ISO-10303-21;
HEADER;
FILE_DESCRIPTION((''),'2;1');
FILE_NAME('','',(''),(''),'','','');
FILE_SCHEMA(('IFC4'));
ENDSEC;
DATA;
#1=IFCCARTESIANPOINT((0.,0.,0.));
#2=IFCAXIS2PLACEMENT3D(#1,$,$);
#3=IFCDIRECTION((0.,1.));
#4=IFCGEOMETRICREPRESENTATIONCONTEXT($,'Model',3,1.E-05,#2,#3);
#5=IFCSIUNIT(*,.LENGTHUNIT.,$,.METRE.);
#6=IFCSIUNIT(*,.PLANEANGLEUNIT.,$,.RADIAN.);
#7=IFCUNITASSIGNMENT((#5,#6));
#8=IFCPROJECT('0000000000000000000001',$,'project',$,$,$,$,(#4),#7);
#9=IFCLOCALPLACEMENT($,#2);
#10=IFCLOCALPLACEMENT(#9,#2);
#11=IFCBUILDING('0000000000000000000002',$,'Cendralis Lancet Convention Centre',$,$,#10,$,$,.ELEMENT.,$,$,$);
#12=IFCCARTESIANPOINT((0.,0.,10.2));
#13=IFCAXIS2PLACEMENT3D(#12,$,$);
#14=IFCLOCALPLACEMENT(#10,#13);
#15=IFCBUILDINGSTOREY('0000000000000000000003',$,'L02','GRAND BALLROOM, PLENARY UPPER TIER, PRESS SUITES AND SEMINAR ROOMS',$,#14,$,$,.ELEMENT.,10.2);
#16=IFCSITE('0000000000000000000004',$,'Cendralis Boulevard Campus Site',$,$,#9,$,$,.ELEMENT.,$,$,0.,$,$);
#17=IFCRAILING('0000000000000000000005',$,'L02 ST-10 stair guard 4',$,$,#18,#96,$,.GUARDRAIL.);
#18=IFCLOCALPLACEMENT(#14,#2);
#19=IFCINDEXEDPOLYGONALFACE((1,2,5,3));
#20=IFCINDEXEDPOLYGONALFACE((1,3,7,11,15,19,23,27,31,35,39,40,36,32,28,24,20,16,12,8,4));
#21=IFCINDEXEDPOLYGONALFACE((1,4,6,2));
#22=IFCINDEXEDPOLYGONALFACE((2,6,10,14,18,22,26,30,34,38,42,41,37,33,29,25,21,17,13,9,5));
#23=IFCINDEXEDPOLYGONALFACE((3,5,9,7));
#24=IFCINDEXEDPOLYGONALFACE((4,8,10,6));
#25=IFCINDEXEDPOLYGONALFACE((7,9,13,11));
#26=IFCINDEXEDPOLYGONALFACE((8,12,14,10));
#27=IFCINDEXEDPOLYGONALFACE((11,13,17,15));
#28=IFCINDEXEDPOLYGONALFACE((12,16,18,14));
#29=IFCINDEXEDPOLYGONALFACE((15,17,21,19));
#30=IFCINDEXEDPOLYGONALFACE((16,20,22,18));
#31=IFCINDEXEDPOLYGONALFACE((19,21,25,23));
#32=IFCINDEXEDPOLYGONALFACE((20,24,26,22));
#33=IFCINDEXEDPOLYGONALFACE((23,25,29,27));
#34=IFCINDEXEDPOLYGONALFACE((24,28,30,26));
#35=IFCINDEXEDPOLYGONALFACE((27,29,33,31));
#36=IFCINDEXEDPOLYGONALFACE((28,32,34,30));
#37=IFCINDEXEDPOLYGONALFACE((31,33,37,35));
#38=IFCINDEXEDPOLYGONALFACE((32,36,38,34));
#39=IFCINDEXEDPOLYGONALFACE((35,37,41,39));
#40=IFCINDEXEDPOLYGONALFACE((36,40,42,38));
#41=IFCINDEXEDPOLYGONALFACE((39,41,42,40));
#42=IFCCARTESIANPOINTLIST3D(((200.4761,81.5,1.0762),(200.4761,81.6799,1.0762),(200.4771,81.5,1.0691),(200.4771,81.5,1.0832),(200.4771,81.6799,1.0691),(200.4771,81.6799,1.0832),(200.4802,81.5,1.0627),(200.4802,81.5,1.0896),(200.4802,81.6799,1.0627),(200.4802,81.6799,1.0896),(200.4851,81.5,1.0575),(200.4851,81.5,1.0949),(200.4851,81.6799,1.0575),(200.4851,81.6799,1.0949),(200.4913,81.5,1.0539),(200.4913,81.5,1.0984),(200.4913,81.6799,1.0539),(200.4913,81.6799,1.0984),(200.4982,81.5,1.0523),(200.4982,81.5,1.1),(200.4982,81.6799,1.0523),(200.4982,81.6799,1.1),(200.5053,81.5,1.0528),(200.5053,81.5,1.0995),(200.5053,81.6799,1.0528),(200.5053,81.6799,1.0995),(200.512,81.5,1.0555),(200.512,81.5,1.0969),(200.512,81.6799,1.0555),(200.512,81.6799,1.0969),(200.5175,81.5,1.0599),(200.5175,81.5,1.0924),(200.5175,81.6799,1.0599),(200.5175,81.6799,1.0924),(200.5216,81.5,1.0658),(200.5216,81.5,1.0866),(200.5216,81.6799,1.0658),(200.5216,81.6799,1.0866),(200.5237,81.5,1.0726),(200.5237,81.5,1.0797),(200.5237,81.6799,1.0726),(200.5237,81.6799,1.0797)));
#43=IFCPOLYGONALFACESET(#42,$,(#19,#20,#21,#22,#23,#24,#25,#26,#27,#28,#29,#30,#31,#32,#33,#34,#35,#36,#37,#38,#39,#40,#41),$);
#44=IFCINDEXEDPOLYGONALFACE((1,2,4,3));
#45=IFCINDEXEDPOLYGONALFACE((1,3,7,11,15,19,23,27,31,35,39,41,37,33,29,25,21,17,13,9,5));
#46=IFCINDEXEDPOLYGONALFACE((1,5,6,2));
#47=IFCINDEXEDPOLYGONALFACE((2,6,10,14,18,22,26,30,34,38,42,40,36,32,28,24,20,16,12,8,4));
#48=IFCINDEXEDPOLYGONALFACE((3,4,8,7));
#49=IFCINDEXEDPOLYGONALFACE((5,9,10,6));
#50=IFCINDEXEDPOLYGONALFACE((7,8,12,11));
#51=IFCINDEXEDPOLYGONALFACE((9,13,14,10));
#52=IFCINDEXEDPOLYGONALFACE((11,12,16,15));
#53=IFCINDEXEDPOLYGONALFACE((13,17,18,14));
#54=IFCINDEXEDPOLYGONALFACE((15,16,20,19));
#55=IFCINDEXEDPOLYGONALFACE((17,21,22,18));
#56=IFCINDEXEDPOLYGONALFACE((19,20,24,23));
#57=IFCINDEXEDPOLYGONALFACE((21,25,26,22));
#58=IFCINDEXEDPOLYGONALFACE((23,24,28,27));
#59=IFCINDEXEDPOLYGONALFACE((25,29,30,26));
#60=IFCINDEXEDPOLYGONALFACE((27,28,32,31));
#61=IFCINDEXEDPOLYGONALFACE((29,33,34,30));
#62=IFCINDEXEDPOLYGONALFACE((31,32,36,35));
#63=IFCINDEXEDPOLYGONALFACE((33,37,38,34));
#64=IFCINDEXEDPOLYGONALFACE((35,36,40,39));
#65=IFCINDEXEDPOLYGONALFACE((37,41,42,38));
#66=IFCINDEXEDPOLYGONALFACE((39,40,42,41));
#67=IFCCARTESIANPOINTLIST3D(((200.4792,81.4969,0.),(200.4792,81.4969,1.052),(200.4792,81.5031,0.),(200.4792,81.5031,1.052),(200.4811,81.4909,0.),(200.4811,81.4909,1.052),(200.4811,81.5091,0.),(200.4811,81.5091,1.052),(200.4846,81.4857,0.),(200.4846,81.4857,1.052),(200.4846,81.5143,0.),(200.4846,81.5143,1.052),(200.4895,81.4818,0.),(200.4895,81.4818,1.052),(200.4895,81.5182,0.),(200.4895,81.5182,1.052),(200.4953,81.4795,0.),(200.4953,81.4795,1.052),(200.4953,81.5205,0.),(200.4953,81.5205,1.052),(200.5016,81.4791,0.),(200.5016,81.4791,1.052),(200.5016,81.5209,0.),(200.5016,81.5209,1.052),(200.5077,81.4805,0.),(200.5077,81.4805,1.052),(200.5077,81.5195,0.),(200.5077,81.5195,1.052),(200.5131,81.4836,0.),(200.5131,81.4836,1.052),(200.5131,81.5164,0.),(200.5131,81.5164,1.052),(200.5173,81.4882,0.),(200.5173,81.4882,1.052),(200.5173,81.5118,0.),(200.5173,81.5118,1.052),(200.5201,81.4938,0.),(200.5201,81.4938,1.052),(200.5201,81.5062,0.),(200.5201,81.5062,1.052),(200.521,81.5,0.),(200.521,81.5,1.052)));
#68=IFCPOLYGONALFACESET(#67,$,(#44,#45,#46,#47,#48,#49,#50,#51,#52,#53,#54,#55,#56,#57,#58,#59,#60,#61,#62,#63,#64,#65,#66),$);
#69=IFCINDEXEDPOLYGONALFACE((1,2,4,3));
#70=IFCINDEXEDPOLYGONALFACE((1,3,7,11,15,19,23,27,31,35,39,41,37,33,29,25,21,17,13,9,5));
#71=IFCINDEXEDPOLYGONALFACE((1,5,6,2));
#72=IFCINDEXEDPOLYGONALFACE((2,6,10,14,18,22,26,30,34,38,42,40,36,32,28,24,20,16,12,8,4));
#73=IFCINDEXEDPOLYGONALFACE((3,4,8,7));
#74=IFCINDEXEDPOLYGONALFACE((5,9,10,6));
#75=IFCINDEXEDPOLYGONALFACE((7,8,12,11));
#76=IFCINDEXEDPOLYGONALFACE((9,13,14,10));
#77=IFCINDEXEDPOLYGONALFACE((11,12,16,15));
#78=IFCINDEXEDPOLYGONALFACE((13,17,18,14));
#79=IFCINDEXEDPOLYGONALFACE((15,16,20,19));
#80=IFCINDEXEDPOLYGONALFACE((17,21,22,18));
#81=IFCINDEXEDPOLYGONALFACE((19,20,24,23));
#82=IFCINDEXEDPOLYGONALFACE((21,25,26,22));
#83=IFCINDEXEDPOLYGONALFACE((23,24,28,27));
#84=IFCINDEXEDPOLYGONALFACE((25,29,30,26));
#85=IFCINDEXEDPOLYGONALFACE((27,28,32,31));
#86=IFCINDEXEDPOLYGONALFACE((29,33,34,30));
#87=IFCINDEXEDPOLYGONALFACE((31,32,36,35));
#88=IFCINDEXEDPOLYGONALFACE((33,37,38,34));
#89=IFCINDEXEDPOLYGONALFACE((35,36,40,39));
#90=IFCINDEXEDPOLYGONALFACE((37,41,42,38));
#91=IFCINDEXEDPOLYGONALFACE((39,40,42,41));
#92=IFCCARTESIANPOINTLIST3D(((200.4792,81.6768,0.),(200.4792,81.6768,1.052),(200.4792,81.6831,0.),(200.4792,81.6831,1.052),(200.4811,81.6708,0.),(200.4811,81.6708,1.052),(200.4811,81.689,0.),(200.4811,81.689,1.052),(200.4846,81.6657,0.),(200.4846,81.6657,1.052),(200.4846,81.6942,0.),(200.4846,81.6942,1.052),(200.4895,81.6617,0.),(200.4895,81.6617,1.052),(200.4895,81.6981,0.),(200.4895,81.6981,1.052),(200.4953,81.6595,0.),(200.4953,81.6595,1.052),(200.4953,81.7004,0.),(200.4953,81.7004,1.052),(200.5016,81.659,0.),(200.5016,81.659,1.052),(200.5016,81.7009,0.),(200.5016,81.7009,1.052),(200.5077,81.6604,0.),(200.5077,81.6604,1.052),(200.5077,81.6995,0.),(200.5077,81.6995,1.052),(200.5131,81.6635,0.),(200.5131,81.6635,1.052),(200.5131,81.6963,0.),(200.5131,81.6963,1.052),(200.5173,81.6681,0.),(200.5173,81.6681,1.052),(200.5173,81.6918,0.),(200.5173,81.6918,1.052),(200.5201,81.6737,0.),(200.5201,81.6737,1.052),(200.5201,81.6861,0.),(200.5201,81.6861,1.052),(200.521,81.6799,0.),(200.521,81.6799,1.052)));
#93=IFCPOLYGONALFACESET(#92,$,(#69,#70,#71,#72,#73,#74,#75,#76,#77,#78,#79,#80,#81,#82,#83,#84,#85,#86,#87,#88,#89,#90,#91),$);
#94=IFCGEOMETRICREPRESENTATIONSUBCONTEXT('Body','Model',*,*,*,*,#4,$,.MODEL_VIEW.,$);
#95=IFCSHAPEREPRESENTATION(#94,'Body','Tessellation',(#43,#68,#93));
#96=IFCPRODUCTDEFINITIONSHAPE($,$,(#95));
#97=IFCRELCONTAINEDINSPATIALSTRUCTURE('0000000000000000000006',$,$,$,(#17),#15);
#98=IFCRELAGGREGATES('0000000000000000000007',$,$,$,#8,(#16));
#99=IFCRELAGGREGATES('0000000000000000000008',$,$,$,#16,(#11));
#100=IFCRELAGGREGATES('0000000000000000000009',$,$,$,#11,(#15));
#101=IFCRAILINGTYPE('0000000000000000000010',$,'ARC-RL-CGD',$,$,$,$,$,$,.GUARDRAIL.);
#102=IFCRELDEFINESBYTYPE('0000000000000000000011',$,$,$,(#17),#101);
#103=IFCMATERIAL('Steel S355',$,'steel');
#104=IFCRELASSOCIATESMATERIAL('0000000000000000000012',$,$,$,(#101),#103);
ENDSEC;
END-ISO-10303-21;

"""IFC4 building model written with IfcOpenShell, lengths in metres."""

from ifc_helpers import new_model, si_unit, direction, frame, origin, origin_2d, place, context, subcontext, project, spatial, circle, extrude, material, type_object, element, save


model = new_model("IFC4")

# Units and contexts
model_context = context("Model", 3, precision=1e-05, world=origin(), true_north=direction((0.0, 1.0)))
body_context = subcontext(model_context, "Body", "Model", "MODEL_VIEW")
ifc_project = project(units=[si_unit("LENGTHUNIT", "METRE"), si_unit("PLANEANGLEUNIT", "RADIAN")], contexts=[model_context])

# Site, building, storey
site_placement = place(None, origin())
site = spatial("IfcSite", under=ifc_project, at=site_placement, Name="Cendralis Boulevard Campus Site", CompositionType="ELEMENT", RefElevation=0.0)
building_placement = place(site_placement, origin())
building = spatial("IfcBuilding", under=site, at=building_placement, Name="Cendralis Lancet Convention Centre", CompositionType="ELEMENT")
storey_placement = place(building_placement, frame((0.0, 0.0, 10.2)))
storey = spatial("IfcBuildingStorey", under=building, at=storey_placement, Name="L02", Description="GRAND BALLROOM, PLENARY UPPER TIER, PRESS SUITES AND SEMINAR ROOMS", CompositionType="ELEMENT", Elevation=10.2)

# Shared definitions
ifc_material_1 = material(Name="Steel S355", Category="steel")

# Railing
railing_type_1 = type_object("IfcRailingType", Name="ARC-RL-CGD", PredefinedType="GUARDRAIL", material=ifc_material_1)
railing_1_placement = place(storey_placement, frame((200.5, 81.5, 0.0)))
element("IfcRailing", 1, at=railing_1_placement, inside=storey, type_object=railing_type_1, Name="L02 ST-10 stair guard 4", PredefinedType="GUARDRAIL", context=body_context, shape_type="SweptSolid", body=[
    extrude(circle(Radius=0.0239, at=origin_2d()), frame((0.0, 0.0, 1.0762), z_axis=(0.0, 1.0, 0.0), x_axis=(-1.0, 0.0, 0.0)), (0.0, 0.0, 1.0), 0.1799),
    extrude(circle(Radius=0.021, at=origin_2d()), origin(), (0.0, 0.0, 1.0), 1.052),
    extrude(circle(Radius=0.021, at=origin_2d()), frame((0.0, 0.1799, 0.0)), (0.0, 0.0, 1.0), 1.052),
])

save(model, "model.ifc")
